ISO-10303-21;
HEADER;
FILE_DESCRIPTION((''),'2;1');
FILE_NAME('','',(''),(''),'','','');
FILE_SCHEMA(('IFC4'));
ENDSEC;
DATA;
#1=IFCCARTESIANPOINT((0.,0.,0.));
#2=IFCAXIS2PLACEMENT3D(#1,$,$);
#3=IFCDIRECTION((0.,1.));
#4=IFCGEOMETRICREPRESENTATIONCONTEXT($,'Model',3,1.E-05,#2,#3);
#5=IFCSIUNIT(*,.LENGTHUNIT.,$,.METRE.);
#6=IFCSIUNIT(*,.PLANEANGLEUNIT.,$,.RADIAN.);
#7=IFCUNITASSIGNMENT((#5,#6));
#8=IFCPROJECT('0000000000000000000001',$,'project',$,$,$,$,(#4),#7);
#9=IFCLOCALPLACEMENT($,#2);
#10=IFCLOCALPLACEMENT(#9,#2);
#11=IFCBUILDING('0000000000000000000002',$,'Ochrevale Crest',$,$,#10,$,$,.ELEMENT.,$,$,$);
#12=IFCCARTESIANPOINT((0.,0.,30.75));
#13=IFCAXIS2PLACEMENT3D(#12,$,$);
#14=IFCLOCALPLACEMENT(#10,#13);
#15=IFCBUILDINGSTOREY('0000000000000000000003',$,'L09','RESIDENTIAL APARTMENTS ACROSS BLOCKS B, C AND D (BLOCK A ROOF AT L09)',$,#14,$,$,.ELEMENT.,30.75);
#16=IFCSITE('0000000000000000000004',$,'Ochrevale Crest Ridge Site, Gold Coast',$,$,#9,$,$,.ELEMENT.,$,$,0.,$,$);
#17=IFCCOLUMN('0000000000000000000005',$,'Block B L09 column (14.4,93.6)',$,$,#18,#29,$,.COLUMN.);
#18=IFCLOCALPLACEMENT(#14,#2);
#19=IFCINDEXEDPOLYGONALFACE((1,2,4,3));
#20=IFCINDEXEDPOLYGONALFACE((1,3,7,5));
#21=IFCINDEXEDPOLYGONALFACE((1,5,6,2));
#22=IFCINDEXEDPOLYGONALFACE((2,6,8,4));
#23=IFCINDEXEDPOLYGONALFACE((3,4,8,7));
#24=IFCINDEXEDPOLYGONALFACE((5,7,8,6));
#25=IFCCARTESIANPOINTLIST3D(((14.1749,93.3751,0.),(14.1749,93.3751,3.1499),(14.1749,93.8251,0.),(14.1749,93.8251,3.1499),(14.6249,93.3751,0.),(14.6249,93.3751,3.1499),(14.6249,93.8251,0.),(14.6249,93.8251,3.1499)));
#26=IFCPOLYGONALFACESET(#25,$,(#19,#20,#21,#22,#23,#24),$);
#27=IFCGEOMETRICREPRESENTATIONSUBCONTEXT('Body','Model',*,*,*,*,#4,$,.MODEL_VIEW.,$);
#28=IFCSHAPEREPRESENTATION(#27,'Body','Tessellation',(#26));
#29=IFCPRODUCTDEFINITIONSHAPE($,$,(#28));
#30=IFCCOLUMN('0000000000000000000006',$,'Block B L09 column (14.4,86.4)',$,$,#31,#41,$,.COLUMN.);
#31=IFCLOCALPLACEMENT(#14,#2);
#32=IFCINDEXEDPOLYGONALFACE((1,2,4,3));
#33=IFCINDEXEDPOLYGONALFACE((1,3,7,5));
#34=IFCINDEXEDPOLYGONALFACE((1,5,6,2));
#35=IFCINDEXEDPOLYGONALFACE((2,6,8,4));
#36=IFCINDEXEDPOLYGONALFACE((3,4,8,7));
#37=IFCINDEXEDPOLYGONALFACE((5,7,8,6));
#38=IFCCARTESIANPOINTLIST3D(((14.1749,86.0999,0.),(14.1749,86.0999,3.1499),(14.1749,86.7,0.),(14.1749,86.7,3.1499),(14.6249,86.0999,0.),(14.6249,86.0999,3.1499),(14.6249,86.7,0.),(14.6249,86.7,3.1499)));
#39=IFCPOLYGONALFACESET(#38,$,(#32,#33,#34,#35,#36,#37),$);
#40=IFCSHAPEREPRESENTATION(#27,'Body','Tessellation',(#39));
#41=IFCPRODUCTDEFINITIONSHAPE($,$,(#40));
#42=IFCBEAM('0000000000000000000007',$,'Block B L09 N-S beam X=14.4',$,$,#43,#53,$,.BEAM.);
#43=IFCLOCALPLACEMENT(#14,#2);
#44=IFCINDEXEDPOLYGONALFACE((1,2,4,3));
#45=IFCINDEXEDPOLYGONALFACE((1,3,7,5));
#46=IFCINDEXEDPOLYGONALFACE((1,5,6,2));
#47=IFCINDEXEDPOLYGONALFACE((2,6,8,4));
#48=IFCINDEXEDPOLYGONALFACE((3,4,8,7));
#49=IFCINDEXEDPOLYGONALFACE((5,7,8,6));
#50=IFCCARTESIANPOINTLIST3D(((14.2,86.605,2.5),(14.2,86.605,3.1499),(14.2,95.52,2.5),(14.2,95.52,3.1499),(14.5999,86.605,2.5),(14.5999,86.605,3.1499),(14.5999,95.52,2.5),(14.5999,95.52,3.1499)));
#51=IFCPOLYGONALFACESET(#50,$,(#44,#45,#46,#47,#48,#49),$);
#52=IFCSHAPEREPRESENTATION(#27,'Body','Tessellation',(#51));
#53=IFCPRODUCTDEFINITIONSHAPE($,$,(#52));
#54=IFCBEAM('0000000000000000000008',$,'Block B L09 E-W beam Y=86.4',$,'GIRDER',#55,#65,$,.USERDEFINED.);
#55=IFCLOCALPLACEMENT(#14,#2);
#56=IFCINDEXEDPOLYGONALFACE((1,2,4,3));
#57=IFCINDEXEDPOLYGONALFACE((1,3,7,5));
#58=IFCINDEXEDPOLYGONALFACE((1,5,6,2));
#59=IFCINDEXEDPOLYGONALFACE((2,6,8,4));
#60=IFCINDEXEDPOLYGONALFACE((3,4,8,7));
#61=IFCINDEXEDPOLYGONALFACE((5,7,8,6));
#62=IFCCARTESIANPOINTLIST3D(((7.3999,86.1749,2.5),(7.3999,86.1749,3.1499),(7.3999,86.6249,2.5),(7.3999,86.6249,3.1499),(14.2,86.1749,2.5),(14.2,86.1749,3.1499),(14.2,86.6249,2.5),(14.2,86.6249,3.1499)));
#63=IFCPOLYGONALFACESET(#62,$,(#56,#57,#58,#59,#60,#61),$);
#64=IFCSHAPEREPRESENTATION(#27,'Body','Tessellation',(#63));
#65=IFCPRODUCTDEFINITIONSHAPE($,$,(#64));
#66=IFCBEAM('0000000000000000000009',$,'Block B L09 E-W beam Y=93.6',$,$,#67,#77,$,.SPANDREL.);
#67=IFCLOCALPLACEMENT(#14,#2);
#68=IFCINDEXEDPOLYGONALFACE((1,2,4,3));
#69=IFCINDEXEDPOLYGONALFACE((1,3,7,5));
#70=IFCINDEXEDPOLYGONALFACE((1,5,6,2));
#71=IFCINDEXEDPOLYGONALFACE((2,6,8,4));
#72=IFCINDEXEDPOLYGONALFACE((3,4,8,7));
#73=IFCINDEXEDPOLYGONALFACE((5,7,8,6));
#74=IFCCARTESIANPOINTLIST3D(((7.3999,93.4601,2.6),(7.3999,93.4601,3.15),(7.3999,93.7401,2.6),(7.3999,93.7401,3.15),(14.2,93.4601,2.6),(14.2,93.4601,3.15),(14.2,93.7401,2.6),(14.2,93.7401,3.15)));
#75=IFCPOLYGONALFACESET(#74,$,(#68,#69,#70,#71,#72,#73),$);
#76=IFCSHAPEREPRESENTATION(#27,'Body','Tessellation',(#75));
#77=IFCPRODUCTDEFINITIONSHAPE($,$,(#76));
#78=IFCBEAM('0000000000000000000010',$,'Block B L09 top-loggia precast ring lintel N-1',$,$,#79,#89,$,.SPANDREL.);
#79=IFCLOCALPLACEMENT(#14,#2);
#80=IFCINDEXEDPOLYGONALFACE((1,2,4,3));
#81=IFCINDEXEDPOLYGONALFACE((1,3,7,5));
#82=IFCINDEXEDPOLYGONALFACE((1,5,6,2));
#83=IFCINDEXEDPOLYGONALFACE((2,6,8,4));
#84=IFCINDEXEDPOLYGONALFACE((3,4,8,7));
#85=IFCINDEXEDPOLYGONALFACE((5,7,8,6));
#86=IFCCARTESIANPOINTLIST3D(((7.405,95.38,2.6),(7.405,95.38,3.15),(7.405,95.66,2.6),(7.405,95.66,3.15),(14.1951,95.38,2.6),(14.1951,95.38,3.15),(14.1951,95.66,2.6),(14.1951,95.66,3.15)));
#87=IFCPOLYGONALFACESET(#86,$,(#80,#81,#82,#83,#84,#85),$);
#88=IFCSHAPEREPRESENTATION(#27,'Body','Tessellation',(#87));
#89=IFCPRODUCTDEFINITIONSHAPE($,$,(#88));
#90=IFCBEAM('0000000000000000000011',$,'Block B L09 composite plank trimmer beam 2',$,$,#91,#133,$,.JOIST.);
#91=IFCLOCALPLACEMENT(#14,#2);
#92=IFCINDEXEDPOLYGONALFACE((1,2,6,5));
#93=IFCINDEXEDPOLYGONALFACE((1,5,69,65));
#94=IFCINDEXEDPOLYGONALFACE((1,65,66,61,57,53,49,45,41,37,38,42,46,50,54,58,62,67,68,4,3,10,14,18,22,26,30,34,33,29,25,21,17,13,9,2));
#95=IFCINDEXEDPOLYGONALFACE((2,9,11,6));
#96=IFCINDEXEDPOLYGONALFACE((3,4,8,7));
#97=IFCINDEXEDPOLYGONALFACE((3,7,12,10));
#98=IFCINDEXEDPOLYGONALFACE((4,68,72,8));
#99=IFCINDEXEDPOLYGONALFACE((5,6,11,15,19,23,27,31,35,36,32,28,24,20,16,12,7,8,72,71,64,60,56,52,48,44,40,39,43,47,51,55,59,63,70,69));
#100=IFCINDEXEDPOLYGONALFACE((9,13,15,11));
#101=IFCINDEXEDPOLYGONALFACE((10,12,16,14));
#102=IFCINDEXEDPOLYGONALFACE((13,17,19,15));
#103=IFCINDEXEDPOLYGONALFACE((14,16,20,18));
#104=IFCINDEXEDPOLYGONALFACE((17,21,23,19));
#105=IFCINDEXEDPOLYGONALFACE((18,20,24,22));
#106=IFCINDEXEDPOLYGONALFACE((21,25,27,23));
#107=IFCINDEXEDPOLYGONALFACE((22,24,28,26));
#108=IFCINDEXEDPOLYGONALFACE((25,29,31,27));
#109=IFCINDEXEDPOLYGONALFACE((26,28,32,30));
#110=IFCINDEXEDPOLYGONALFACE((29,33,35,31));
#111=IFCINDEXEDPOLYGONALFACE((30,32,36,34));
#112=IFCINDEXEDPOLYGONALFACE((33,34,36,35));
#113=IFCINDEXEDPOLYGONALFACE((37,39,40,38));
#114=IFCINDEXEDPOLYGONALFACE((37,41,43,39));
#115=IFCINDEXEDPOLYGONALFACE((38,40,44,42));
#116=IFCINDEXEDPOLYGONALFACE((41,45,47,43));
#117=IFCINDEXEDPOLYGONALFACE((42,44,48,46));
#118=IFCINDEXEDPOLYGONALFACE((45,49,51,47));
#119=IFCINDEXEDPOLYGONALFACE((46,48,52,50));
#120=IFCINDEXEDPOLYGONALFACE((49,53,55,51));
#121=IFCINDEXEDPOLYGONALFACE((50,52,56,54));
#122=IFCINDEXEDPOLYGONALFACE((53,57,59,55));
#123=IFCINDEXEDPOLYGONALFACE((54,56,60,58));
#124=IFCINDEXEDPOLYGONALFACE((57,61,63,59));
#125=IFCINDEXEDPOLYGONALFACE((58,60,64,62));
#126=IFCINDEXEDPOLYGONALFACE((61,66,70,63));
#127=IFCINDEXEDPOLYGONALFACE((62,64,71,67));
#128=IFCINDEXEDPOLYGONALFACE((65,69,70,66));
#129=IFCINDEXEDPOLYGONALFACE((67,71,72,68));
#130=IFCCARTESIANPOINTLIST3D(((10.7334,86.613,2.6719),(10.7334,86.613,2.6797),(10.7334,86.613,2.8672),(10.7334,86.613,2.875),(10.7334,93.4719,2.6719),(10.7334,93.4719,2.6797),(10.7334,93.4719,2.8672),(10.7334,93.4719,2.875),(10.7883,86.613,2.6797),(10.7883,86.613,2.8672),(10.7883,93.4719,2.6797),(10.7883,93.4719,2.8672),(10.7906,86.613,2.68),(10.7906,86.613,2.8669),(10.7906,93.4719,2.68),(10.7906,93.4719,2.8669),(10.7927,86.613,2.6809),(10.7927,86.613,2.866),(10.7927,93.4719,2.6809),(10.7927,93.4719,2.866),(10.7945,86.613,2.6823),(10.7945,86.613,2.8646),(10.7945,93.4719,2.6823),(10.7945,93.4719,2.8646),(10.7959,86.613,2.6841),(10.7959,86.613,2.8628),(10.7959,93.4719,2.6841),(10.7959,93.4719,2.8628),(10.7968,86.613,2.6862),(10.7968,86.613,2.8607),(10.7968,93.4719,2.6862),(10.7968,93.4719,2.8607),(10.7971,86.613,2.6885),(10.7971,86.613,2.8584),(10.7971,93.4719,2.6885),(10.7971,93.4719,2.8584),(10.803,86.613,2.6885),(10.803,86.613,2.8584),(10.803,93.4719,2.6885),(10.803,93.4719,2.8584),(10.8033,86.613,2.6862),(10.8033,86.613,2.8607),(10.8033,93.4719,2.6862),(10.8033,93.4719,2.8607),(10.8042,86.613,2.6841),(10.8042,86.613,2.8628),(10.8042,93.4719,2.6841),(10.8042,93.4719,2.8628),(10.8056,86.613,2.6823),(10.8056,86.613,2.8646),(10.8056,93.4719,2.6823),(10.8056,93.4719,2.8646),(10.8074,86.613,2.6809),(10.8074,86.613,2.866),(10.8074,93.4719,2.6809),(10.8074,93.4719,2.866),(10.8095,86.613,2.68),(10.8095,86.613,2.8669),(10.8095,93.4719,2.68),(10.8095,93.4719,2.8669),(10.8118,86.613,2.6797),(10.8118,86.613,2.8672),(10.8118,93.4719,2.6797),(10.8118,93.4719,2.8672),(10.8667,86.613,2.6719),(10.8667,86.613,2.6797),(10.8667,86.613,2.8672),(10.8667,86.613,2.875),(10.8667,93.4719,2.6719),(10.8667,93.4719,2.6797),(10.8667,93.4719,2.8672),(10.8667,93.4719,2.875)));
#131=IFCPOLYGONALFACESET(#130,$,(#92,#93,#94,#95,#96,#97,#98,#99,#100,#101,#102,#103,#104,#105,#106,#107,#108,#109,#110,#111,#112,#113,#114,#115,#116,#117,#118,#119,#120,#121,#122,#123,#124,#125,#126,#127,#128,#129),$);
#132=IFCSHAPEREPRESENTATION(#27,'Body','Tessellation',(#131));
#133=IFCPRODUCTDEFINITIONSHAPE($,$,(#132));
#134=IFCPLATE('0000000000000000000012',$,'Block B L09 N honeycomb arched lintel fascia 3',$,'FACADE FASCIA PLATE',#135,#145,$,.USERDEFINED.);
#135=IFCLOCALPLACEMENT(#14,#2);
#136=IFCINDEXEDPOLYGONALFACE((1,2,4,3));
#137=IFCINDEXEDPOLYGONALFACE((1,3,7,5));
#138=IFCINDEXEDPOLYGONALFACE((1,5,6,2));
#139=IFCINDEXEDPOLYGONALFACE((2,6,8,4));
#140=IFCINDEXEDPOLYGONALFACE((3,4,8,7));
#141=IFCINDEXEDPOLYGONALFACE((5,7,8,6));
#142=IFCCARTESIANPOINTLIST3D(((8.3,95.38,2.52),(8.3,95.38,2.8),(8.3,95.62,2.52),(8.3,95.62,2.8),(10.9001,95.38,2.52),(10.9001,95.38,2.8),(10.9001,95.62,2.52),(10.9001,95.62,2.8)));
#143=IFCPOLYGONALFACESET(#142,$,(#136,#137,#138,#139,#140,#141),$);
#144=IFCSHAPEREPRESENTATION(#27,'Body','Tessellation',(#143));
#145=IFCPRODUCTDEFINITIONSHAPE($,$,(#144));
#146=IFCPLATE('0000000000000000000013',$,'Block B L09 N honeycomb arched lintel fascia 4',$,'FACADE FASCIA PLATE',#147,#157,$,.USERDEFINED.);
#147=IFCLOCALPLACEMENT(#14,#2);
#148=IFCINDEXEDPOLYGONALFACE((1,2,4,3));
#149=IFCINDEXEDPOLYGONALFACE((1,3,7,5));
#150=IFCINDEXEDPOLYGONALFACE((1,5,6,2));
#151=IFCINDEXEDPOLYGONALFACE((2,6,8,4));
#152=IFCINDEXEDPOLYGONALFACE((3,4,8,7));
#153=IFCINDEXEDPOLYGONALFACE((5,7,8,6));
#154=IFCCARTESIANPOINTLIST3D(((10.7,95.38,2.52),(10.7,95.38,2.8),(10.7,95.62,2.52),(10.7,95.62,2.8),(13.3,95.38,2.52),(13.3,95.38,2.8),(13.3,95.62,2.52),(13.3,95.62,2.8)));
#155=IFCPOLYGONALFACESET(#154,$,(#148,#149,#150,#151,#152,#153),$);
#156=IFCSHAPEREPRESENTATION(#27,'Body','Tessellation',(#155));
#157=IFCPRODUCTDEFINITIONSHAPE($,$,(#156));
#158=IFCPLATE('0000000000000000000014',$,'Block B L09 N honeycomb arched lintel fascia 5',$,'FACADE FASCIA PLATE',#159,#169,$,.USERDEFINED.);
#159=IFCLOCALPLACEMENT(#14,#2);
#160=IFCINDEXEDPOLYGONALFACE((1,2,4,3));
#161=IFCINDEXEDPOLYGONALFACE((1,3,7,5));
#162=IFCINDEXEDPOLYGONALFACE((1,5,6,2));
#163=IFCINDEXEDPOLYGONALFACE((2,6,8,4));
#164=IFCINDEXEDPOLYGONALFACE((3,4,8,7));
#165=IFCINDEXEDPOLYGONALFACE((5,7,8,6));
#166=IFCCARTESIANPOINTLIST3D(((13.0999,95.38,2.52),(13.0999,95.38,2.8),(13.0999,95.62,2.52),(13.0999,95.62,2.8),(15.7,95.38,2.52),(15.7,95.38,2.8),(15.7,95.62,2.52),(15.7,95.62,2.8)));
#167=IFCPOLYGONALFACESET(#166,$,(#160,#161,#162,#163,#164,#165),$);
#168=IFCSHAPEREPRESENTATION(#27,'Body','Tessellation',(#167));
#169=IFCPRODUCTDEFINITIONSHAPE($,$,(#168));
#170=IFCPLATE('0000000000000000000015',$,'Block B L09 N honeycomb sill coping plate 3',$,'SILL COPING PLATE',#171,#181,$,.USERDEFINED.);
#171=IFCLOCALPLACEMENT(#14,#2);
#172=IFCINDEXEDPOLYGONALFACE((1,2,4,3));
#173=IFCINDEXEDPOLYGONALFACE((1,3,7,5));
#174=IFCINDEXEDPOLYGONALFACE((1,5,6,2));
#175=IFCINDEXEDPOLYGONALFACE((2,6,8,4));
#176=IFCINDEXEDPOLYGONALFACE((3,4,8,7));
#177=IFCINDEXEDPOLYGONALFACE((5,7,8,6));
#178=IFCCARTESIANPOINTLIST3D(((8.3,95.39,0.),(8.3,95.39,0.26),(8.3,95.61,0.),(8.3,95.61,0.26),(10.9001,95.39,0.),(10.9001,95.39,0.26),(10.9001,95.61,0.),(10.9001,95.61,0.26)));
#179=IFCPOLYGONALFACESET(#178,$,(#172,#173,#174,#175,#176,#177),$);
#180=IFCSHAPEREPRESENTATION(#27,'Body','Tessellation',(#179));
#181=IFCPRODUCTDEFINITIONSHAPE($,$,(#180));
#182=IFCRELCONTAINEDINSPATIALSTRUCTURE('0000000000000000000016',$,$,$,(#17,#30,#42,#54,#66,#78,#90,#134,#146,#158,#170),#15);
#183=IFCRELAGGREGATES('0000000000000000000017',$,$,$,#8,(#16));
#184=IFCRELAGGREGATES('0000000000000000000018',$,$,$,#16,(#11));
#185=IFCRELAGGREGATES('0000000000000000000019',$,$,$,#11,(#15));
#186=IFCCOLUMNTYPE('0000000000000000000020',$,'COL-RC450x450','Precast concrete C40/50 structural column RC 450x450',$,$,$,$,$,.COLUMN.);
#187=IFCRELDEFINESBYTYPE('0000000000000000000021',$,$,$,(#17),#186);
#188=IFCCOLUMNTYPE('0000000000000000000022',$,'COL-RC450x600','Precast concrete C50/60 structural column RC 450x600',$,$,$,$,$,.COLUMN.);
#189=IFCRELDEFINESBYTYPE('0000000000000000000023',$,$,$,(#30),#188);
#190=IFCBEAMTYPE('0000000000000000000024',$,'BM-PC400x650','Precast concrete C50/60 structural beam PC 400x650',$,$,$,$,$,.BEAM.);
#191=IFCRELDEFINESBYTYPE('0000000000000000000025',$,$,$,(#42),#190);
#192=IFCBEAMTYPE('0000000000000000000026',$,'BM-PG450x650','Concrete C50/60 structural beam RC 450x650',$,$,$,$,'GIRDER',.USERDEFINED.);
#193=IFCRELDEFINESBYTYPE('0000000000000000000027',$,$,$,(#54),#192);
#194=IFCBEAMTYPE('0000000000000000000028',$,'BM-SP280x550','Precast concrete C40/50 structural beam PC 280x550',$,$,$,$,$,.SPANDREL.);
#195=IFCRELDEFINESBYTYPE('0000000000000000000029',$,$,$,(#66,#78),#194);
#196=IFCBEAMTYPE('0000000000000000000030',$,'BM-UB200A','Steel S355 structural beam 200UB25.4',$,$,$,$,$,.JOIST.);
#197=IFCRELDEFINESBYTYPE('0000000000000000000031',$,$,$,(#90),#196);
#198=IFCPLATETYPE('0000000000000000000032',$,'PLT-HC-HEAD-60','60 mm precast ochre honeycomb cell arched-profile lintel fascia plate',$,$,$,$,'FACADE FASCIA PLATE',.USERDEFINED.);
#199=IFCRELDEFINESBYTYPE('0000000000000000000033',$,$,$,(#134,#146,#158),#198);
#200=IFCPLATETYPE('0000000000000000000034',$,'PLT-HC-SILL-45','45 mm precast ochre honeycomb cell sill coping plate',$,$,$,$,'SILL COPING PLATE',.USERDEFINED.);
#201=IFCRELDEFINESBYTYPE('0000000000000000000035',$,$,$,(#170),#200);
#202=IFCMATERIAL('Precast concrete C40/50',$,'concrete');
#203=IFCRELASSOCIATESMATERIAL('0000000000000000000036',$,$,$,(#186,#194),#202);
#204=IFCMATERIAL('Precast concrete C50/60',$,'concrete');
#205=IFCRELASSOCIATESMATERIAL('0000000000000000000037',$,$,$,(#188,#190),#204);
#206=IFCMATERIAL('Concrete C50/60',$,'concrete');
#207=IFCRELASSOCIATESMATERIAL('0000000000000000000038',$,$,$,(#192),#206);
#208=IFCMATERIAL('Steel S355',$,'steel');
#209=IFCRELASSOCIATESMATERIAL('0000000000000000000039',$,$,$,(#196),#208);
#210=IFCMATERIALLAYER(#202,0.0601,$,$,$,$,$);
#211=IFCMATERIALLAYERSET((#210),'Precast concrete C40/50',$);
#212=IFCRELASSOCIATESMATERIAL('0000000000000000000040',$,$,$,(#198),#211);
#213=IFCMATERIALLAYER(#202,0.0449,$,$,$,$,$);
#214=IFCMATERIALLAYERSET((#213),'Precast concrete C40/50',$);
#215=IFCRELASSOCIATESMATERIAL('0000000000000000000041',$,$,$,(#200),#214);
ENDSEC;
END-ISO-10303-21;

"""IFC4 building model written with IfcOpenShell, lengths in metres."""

from ifc_helpers import new_model, si_unit, direction, frame, origin, origin_2d, place, context, subcontext, project, spatial, rectangle, i_section, extrude, material, layer, layer_set, material_profile, profile_set, type_object, element, save


model = new_model("IFC4")

# Units and contexts
model_context = context("Model", 3, precision=1e-05, world=origin(), true_north=direction((0.0, 1.0)))
body_context = subcontext(model_context, "Body", "Model", "MODEL_VIEW")
ifc_project = project(units=[si_unit("LENGTHUNIT", "METRE"), si_unit("PLANEANGLEUNIT", "RADIAN")], contexts=[model_context])

# Site, building, storey
site_placement = place(None, origin())
site = spatial("IfcSite", under=ifc_project, at=site_placement, Name="Ochrevale Crest Ridge Site, Gold Coast", CompositionType="ELEMENT", RefElevation=0.0)
building_placement = place(site_placement, origin())
building = spatial("IfcBuilding", under=site, at=building_placement, Name="Ochrevale Crest", CompositionType="ELEMENT")
storey_placement = place(building_placement, frame((0.0, 0.0, 30.75)))
storey = spatial("IfcBuildingStorey", under=building, at=storey_placement, Name="L09", Description="RESIDENTIAL APARTMENTS ACROSS BLOCKS B, C AND D (BLOCK A ROOF AT L09)", CompositionType="ELEMENT", Elevation=30.75)

# Columns
ifc_material_1 = material(Name="Precast concrete C40/50", Category="concrete")
ifc_material_profile_1 = material_profile(ifc_material_1, rectangle(XDim=0.45, YDim=0.45, at=origin_2d()), Name="RC 450x450")
ifc_profile_set_1 = profile_set([ifc_material_profile_1], Name="Precast concrete C40/50")
column_type_1 = type_object("IfcColumnType", Name="COL-RC450x450", Description="Precast concrete C40/50 structural column RC 450x450", PredefinedType="COLUMN", material=ifc_profile_set_1)
column_1_placement = place(storey_placement, frame((14.3999, 93.6001, 0.0), z_axis=(0.0, 0.0, 1.0), x_axis=(1.0, 0.0, 0.0)))
element("IfcColumn", 1, at=column_1_placement, inside=storey, type_object=column_type_1, Name="Block B L09 column (14.4,93.6)", PredefinedType="COLUMN", context=body_context, shape_type="SweptSolid", body=[
    extrude(rectangle(XDim=0.45, YDim=0.45, at=origin_2d()), origin(), (0.0, 0.0, 1.0), 3.1499),
])
ifc_material_2 = material(Name="Precast concrete C50/60", Category="concrete")
ifc_material_profile_2 = material_profile(ifc_material_2, rectangle(XDim=0.45, YDim=0.6001, at=origin_2d()), Name="RC 450x600")
ifc_profile_set_2 = profile_set([ifc_material_profile_2], Name="Precast concrete C50/60")
column_type_2 = type_object("IfcColumnType", Name="COL-RC450x600", Description="Precast concrete C50/60 structural column RC 450x600", PredefinedType="COLUMN", material=ifc_profile_set_2)
column_2_placement = place(storey_placement, frame((14.3999, 86.3999, 0.0), z_axis=(0.0, 0.0, 1.0), x_axis=(1.0, 0.0, 0.0)))
element("IfcColumn", 2, at=column_2_placement, inside=storey, type_object=column_type_2, Name="Block B L09 column (14.4,86.4)", PredefinedType="COLUMN", context=body_context, shape_type="SweptSolid", body=[
    extrude(rectangle(XDim=0.45, YDim=0.6001, at=origin_2d()), origin(), (0.0, 0.0, 1.0), 3.1499),
])

# Beams
ifc_material_profile_3 = material_profile(ifc_material_2, rectangle(XDim=0.3999, YDim=0.6499, at=origin_2d()), Name="PC 400x650")
ifc_profile_set_3 = profile_set([ifc_material_profile_3], Name="Precast concrete C50/60")
beam_type_1 = type_object("IfcBeamType", Name="BM-PC400x650", Description="Precast concrete C50/60 structural beam PC 400x650", PredefinedType="BEAM", material=ifc_profile_set_3)
beam_1_placement = place(storey_placement, frame((14.3999, 86.605, 2.825), z_axis=(0.0, 1.0, 0.0), x_axis=(-1.0, 0.0, 0.0)))
element("IfcBeam", 3, at=beam_1_placement, inside=storey, type_object=beam_type_1, Name="Block B L09 N-S beam X=14.4", PredefinedType="BEAM", context=body_context, shape_type="SweptSolid", body=[
    extrude(rectangle(XDim=0.3999, YDim=0.6499, at=origin_2d()), origin(), (0.0, 0.0, 1.0), 8.915),
])
ifc_material_3 = material(Name="Concrete C50/60", Category="concrete")
ifc_material_profile_4 = material_profile(ifc_material_3, rectangle(XDim=0.45, YDim=0.6499, at=origin_2d()), Name="RC 450x650")
ifc_profile_set_4 = profile_set([ifc_material_profile_4], Name="Concrete C50/60")
beam_type_2 = type_object("IfcBeamType", Name="BM-PG450x650", Description="Concrete C50/60 structural beam RC 450x650", ElementType="GIRDER", PredefinedType="USERDEFINED", material=ifc_profile_set_4)
beam_2_placement = place(storey_placement, frame((7.3999, 86.3999, 2.825), z_axis=(1.0, 0.0, 0.0), x_axis=(0.0, 1.0, 0.0)))
element("IfcBeam", 4, at=beam_2_placement, inside=storey, type_object=beam_type_2, Name="Block B L09 E-W beam Y=86.4", ObjectType="GIRDER", PredefinedType="USERDEFINED", context=body_context, shape_type="SweptSolid", body=[
    extrude(rectangle(XDim=0.45, YDim=0.6499, at=origin_2d()), origin(), (0.0, 0.0, 1.0), 6.8),
])
ifc_material_profile_5 = material_profile(ifc_material_1, rectangle(XDim=0.28, YDim=0.55, at=origin_2d()), Name="PC 280x550")
ifc_profile_set_5 = profile_set([ifc_material_profile_5], Name="Precast concrete C40/50")
beam_type_3 = type_object("IfcBeamType", Name="BM-SP280x550", Description="Precast concrete C40/50 structural beam PC 280x550", PredefinedType="SPANDREL", material=ifc_profile_set_5)
beam_3_placement = place(storey_placement, frame((7.3999, 93.6001, 2.875), z_axis=(1.0, 0.0, 0.0), x_axis=(0.0, 1.0, 0.0)))
element("IfcBeam", 5, at=beam_3_placement, inside=storey, type_object=beam_type_3, Name="Block B L09 E-W beam Y=93.6", PredefinedType="SPANDREL", context=body_context, shape_type="SweptSolid", body=[
    extrude(rectangle(XDim=0.28, YDim=0.55, at=origin_2d()), origin(), (0.0, 0.0, 1.0), 6.8),
])
beam_4_placement = place(storey_placement, frame((7.405, 95.52, 2.875), z_axis=(1.0, 0.0, 0.0), x_axis=(0.0, 1.0, 0.0)))
element("IfcBeam", 6, at=beam_4_placement, inside=storey, type_object=beam_type_3, Name="Block B L09 top-loggia precast ring lintel N-1", PredefinedType="SPANDREL", context=body_context, shape_type="SweptSolid", body=[
    extrude(rectangle(XDim=0.28, YDim=0.55, at=origin_2d()), origin(), (0.0, 0.0, 1.0), 6.79),
])
ifc_material_4 = material(Name="Steel S355", Category="steel")
ifc_material_profile_6 = material_profile(ifc_material_4, i_section(OverallWidth=0.1333, OverallDepth=0.2031, WebThickness=0.0059, FlangeThickness=0.0078, FilletRadius=0.0088, at=origin_2d()), Name="200UB25.4")
ifc_profile_set_6 = profile_set([ifc_material_profile_6], Name="Steel S355")
beam_type_4 = type_object("IfcBeamType", Name="BM-UB200A", Description="Steel S355 structural beam 200UB25.4", PredefinedType="JOIST", material=ifc_profile_set_6)
beam_5_placement = place(storey_placement, frame((10.8, 86.613, 2.7734), z_axis=(0.0, 1.0, 0.0), x_axis=(-1.0, 0.0, 0.0)))
element("IfcBeam", 7, at=beam_5_placement, inside=storey, type_object=beam_type_4, Name="Block B L09 composite plank trimmer beam 2", PredefinedType="JOIST", context=body_context, shape_type="SweptSolid", body=[
    extrude(i_section(OverallWidth=0.1333, OverallDepth=0.2031, WebThickness=0.0059, FlangeThickness=0.0078, FilletRadius=0.0088, at=origin_2d()), origin(), (0.0, 0.0, 1.0), 6.8589),
])

# Plates
ifc_layer_1 = layer(ifc_material_1, 0.0601)
ifc_layer_set_1 = layer_set([ifc_layer_1], Name="Precast concrete C40/50")
plate_type_1 = type_object("IfcPlateType", Name="PLT-HC-HEAD-60", Description="60 mm precast ochre honeycomb cell arched-profile lintel fascia plate", ElementType="FACADE FASCIA PLATE", PredefinedType="USERDEFINED", material=ifc_layer_set_1)
for number, where, z_axis, x_axis, name in (
    (8, (9.6001, 95.5, 2.52), (0.0, 0.0, 1.0), (1.0, 0.0, 0.0), "Block B L09 N honeycomb arched lintel fascia 3"),
    (9, (12.0, 95.5, 2.52), (0.0, 0.0, 1.0), (1.0, 0.0, 0.0), "Block B L09 N honeycomb arched lintel fascia 4"),
    (10, (14.3999, 95.5, 2.52), (0.0, 0.0, 1.0), (1.0, 0.0, 0.0), "Block B L09 N honeycomb arched lintel fascia 5"),
):
    element("IfcPlate", number, at=place(storey_placement, frame(where, z_axis=z_axis, x_axis=x_axis)), inside=storey, type_object=plate_type_1, Name=name, ObjectType="FACADE FASCIA PLATE", PredefinedType="USERDEFINED", context=body_context, shape_type="SweptSolid", body=[
        extrude(rectangle(XDim=2.6001, YDim=0.24, at=origin_2d()), origin(), (0.0, 0.0, 1.0), 0.28),
    ])
ifc_layer_2 = layer(ifc_material_1, 0.0449)
ifc_layer_set_2 = layer_set([ifc_layer_2], Name="Precast concrete C40/50")
plate_type_2 = type_object("IfcPlateType", Name="PLT-HC-SILL-45", Description="45 mm precast ochre honeycomb cell sill coping plate", ElementType="SILL COPING PLATE", PredefinedType="USERDEFINED", material=ifc_layer_set_2)
for number, where, z_axis, x_axis, name in (
    (11, (9.6001, 95.5, 0.0), (0.0, 0.0, 1.0), (1.0, 0.0, 0.0), "Block B L09 N honeycomb sill coping plate 3"),
):
    element("IfcPlate", number, at=place(storey_placement, frame(where, z_axis=z_axis, x_axis=x_axis)), inside=storey, type_object=plate_type_2, Name=name, ObjectType="SILL COPING PLATE", PredefinedType="USERDEFINED", context=body_context, shape_type="SweptSolid", body=[
        extrude(rectangle(XDim=2.6001, YDim=0.22, at=origin_2d()), origin(), (0.0, 0.0, 1.0), 0.26),
    ])

save(model, "model.ifc")
